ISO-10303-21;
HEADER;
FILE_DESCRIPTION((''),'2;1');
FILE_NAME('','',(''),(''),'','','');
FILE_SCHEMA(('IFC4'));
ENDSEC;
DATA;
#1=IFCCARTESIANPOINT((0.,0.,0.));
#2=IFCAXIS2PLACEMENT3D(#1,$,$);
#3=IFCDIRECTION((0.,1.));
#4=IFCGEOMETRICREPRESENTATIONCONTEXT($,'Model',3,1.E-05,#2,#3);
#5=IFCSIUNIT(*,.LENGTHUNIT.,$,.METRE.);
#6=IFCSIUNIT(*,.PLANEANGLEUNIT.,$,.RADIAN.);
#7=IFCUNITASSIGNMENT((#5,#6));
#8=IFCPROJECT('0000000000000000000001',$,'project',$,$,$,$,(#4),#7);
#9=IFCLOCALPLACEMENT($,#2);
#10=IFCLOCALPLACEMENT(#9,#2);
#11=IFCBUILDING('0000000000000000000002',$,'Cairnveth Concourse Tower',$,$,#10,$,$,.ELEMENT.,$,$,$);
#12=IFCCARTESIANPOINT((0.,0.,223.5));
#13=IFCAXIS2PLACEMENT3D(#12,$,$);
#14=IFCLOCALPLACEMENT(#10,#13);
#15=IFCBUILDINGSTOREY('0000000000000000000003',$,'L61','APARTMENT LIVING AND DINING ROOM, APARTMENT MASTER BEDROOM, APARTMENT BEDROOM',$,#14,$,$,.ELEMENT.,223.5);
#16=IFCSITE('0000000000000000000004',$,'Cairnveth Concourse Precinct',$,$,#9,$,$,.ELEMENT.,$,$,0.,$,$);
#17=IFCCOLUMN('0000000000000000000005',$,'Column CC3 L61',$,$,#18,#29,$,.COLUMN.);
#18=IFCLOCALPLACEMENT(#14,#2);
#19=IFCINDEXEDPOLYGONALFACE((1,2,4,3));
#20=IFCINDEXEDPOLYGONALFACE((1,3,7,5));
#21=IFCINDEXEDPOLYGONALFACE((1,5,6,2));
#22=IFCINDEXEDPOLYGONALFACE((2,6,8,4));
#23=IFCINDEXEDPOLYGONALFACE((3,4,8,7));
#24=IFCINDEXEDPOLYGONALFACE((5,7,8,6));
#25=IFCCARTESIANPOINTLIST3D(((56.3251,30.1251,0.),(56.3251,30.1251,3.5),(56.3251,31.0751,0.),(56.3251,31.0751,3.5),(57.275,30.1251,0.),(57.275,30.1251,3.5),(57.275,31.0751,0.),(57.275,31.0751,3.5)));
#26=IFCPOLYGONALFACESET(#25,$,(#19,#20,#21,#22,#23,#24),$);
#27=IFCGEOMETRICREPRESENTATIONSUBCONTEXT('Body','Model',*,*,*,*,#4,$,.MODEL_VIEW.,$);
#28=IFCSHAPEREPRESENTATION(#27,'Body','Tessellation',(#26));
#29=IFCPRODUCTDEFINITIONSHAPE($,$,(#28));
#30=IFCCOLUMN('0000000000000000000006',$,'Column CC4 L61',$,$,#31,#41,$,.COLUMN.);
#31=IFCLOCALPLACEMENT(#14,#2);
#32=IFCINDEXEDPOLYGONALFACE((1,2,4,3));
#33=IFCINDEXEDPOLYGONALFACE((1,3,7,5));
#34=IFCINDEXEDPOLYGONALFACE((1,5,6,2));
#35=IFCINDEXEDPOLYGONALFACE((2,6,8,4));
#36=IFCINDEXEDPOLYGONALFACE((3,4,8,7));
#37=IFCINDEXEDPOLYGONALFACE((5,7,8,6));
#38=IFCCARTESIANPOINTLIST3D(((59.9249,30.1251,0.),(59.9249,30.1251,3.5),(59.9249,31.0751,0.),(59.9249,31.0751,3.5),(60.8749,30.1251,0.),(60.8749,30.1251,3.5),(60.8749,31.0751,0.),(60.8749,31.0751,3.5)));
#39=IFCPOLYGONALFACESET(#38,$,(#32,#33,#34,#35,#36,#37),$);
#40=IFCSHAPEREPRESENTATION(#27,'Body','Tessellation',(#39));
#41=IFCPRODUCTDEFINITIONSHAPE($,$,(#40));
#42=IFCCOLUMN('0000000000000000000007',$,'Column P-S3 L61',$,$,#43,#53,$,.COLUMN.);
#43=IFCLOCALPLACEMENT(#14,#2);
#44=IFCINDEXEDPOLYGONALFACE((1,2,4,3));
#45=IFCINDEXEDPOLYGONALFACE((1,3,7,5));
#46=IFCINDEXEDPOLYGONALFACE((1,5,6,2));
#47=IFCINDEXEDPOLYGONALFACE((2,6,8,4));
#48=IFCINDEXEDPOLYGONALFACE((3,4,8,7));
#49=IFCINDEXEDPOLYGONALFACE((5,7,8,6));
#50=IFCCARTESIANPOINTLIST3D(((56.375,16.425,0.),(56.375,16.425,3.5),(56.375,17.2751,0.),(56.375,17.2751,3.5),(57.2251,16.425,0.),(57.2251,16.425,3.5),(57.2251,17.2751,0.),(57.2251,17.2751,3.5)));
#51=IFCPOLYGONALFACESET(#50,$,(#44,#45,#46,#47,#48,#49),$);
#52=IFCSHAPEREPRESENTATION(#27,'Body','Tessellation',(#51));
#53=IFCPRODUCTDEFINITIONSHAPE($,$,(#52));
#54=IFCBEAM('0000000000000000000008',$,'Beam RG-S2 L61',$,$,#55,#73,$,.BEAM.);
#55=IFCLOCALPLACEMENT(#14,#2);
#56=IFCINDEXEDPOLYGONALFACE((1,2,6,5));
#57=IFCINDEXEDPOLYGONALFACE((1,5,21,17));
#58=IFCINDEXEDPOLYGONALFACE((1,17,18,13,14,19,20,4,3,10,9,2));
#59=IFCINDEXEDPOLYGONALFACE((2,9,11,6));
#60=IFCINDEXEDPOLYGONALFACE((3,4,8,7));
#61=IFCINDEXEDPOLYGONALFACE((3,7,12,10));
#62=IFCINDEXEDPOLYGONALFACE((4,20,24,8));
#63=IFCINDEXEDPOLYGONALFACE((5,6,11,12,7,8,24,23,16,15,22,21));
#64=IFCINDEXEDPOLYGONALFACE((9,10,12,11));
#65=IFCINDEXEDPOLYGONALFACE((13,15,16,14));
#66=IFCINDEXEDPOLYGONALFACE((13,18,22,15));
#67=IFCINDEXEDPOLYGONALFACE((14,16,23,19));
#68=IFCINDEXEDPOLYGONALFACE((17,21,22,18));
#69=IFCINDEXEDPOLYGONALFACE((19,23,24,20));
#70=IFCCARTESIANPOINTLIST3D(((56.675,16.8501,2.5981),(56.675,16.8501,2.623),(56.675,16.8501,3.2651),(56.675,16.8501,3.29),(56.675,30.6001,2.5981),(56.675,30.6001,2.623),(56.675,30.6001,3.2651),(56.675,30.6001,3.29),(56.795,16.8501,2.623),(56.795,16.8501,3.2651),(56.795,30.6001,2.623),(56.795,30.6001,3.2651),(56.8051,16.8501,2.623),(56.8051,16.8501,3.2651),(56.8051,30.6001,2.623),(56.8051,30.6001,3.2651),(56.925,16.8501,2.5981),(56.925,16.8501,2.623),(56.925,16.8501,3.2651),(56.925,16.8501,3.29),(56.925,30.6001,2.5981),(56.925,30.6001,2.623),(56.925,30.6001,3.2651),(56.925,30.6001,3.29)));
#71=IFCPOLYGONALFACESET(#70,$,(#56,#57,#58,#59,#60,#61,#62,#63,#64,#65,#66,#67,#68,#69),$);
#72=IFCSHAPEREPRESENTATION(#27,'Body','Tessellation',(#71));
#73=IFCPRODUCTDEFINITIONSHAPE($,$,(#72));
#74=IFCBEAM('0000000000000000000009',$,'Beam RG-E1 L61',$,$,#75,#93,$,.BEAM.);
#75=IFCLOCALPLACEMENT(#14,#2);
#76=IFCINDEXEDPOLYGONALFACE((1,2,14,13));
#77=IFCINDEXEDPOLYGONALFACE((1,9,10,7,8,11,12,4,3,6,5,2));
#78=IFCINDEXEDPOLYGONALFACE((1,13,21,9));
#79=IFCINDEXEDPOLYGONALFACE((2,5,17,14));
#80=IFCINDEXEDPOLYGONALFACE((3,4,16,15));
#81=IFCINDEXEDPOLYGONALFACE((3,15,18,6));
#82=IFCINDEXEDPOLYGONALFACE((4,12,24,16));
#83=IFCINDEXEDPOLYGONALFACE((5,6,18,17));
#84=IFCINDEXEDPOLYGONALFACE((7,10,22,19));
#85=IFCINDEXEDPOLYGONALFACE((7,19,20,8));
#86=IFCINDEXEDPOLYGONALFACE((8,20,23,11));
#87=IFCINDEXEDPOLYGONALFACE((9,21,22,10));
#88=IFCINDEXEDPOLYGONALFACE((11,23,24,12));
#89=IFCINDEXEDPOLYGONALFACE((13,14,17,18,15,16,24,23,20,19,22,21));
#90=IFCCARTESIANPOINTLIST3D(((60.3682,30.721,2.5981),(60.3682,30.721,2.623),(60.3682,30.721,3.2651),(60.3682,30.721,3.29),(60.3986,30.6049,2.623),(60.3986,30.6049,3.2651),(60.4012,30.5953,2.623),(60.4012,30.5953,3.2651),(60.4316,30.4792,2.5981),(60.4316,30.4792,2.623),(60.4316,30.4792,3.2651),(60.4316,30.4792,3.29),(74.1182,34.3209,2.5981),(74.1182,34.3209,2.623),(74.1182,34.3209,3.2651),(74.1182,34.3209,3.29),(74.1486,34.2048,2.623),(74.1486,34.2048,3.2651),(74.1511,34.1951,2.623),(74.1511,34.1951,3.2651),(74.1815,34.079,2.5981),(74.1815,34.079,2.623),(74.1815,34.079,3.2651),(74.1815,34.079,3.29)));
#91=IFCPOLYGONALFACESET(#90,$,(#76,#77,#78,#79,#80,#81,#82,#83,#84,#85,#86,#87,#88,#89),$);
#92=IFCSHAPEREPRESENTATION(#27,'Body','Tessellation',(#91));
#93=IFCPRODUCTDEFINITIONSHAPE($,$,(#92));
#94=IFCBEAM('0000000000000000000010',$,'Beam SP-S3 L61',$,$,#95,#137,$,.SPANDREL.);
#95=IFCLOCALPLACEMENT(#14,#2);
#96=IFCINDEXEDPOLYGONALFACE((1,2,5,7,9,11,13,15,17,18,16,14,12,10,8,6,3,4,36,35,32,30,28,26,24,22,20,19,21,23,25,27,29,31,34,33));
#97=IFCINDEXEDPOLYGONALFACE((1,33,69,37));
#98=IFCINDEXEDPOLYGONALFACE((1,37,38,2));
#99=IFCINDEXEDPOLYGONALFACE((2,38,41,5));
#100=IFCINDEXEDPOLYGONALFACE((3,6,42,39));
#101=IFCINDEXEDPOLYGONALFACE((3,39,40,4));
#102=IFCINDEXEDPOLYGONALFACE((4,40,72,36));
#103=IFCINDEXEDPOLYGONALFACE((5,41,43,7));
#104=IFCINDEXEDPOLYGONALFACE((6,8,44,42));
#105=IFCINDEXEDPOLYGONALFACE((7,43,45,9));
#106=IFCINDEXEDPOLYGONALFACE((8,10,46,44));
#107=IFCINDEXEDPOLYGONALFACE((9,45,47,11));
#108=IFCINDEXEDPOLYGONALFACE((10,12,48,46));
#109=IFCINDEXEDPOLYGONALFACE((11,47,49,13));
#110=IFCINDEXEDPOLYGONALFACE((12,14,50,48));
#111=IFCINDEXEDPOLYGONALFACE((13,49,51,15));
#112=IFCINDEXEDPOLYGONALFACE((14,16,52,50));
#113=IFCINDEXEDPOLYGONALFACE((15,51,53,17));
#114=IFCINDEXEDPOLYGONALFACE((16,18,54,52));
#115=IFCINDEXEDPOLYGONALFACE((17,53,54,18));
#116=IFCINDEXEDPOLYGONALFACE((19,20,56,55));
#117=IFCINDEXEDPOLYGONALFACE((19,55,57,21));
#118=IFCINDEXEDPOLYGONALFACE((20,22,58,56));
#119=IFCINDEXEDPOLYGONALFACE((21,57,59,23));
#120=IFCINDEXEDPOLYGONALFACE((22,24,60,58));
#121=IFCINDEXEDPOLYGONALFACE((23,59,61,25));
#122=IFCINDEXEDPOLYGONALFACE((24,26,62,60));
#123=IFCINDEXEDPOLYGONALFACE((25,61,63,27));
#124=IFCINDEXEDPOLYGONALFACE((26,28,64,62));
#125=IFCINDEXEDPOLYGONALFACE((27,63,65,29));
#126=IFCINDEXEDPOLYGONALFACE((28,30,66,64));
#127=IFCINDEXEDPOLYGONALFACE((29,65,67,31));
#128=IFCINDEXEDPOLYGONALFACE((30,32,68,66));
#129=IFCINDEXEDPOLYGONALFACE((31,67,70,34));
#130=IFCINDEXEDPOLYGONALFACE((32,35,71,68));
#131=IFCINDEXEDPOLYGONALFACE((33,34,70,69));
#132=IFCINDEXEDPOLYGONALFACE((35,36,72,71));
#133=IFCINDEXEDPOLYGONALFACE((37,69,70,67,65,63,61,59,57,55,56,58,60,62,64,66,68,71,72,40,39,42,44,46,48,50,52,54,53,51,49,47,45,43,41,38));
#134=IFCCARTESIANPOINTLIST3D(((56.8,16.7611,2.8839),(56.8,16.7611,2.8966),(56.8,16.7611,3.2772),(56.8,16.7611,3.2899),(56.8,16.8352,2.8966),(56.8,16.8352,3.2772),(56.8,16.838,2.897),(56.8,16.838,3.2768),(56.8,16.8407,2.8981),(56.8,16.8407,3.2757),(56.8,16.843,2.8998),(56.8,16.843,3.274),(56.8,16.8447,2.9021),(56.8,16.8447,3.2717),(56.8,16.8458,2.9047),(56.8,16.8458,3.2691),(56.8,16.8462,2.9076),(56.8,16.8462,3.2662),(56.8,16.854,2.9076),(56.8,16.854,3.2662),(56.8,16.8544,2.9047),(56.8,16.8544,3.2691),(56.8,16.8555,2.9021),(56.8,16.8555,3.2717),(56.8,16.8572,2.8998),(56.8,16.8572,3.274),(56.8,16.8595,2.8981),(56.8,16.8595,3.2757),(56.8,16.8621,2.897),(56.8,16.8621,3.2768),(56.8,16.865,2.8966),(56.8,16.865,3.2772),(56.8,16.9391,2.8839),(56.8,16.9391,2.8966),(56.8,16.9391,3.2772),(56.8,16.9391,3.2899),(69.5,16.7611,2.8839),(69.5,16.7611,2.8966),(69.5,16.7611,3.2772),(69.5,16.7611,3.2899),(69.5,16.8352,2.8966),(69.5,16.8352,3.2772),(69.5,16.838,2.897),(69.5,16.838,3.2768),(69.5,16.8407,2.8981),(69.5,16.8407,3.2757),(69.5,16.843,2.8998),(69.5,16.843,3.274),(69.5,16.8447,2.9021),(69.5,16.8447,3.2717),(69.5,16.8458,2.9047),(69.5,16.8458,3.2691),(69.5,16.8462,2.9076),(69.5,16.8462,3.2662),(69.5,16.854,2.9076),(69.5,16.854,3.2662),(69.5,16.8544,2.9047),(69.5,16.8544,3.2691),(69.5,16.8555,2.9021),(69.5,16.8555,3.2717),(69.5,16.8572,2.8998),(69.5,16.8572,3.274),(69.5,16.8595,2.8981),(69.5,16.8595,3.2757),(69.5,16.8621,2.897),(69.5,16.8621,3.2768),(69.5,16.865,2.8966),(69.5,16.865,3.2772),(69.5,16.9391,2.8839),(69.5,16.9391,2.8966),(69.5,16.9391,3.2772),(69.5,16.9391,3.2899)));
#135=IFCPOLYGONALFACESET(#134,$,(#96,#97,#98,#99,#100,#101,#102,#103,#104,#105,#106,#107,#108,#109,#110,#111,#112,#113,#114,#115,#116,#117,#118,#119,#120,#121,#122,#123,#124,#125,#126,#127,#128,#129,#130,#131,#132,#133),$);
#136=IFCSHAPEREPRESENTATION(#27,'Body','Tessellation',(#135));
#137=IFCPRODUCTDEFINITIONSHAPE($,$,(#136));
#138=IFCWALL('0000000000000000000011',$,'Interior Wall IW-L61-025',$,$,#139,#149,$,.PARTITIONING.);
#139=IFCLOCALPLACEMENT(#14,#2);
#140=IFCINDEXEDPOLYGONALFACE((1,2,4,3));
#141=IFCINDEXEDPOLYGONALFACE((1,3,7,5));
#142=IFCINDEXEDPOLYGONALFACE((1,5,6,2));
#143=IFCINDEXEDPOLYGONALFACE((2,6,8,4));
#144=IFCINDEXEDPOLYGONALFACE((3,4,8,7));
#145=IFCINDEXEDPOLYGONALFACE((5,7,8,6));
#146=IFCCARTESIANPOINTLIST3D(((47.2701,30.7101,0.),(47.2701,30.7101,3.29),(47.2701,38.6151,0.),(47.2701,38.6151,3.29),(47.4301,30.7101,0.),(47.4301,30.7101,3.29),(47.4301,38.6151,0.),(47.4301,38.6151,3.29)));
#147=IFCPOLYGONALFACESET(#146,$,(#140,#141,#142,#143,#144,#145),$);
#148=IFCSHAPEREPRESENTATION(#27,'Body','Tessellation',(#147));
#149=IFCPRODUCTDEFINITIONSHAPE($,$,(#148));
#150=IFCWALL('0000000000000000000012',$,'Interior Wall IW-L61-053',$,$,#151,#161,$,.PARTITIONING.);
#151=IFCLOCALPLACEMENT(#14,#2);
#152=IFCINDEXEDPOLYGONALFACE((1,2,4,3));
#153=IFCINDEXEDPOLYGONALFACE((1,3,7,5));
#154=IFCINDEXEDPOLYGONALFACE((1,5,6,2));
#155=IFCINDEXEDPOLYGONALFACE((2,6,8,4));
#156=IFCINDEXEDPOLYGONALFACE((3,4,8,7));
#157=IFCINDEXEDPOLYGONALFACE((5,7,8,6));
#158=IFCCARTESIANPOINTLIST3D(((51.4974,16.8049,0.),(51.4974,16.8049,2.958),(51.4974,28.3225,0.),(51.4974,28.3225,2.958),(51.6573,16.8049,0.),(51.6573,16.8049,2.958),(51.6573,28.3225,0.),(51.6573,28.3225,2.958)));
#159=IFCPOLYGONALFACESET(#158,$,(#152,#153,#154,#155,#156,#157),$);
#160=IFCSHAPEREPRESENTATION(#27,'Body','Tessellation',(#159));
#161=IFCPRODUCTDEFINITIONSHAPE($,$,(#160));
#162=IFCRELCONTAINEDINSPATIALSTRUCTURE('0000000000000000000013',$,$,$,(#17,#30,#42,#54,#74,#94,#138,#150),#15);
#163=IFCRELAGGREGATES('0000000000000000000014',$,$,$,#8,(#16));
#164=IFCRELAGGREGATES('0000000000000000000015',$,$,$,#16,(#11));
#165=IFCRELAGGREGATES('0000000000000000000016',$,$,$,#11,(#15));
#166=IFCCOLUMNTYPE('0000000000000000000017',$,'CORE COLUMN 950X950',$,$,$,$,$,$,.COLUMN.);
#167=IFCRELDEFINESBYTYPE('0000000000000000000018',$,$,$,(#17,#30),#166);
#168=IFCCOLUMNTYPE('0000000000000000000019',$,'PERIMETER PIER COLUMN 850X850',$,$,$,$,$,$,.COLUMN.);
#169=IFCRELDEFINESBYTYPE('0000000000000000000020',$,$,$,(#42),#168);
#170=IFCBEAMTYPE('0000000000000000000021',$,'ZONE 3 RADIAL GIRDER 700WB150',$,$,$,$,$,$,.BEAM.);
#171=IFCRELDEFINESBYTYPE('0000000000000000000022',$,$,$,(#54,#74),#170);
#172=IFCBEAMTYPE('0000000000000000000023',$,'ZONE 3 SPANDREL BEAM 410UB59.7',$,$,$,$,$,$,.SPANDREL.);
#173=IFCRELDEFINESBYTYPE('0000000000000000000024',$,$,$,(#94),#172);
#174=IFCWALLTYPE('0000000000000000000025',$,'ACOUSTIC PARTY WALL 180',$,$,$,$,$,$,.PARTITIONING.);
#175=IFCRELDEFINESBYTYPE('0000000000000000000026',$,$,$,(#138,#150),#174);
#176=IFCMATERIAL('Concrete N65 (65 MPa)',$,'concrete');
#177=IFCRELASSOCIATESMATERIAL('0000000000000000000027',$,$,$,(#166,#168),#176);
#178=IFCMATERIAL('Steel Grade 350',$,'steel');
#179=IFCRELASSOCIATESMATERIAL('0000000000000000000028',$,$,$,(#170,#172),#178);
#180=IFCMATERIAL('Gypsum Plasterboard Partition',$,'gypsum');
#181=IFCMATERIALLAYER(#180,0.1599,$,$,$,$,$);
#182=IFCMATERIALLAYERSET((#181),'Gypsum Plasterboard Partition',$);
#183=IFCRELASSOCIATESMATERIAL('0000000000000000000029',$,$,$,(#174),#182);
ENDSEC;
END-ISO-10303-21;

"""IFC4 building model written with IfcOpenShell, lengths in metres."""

from ifc_helpers import new_model, si_unit, direction, frame, frame_2d, origin, origin_2d, place, context, subcontext, project, spatial, rectangle, i_section, extrude, material, layer, layer_set, material_profile, profile_set, type_object, element, save


model = new_model("IFC4")

# Units and contexts
model_context = context("Model", 3, precision=1e-05, world=origin(), true_north=direction((0.0, 1.0)))
body_context = subcontext(model_context, "Body", "Model", "MODEL_VIEW")
ifc_project = project(units=[si_unit("LENGTHUNIT", "METRE"), si_unit("PLANEANGLEUNIT", "RADIAN")], contexts=[model_context])

# Site, building, storey
site_placement = place(None, origin())
site = spatial("IfcSite", under=ifc_project, at=site_placement, Name="Cairnveth Concourse Precinct", CompositionType="ELEMENT", RefElevation=0.0)
building_placement = place(site_placement, origin())
building = spatial("IfcBuilding", under=site, at=building_placement, Name="Cairnveth Concourse Tower", CompositionType="ELEMENT")
storey_placement = place(building_placement, frame((0.0, 0.0, 223.5)))
storey = spatial("IfcBuildingStorey", under=building, at=storey_placement, Name="L61", Description="APARTMENT LIVING AND DINING ROOM, APARTMENT MASTER BEDROOM, APARTMENT BEDROOM", CompositionType="ELEMENT", Elevation=223.5)

# Columns
ifc_material_1 = material(Name="Concrete N65 (65 MPa)", Category="concrete")
ifc_material_profile_1 = material_profile(ifc_material_1, rectangle(XDim=0.95, YDim=0.95, at=origin_2d()), Name="RC-COL-950x950")
ifc_profile_set_1 = profile_set([ifc_material_profile_1], Name="Concrete N65 (65 MPa)")
column_type_1 = type_object("IfcColumnType", Name="CORE COLUMN 950X950", PredefinedType="COLUMN", material=ifc_profile_set_1)
for number, where, z_axis, x_axis, name in (
    (1, (56.8, 30.6001, 0.0), (0.0, 0.0, 1.0), (1.0, 0.0, 0.0), "Column CC3 L61"),
    (2, (60.3999, 30.6001, 0.0), (0.0, 0.0, 1.0), (1.0, 0.0, 0.0), "Column CC4 L61"),
):
    element("IfcColumn", number, at=place(storey_placement, frame(where, z_axis=z_axis, x_axis=x_axis)), inside=storey, type_object=column_type_1, Name=name, PredefinedType="COLUMN", context=body_context, shape_type="SweptSolid", body=[
        extrude(rectangle(XDim=0.95, YDim=0.95, at=origin_2d()), origin(), (0.0, 0.0, 1.0), 3.5),
    ])
ifc_material_profile_2 = material_profile(ifc_material_1, rectangle(XDim=0.8501, YDim=0.8501, at=origin_2d()), Name="RC-COL-850x850")
ifc_profile_set_2 = profile_set([ifc_material_profile_2], Name="Concrete N65 (65 MPa)")
column_type_2 = type_object("IfcColumnType", Name="PERIMETER PIER COLUMN 850X850", PredefinedType="COLUMN", material=ifc_profile_set_2)
column_placement = place(storey_placement, frame((56.8, 16.8501, 0.0), z_axis=(0.0, 0.0, 1.0), x_axis=(1.0, 0.0, 0.0)))
element("IfcColumn", 3, at=column_placement, inside=storey, type_object=column_type_2, Name="Column P-S3 L61", PredefinedType="COLUMN", context=body_context, shape_type="SweptSolid", body=[
    extrude(rectangle(XDim=0.8501, YDim=0.8501, at=origin_2d()), origin(), (0.0, 0.0, 1.0), 3.5),
])

# Beams
ifc_material_2 = material(Name="Steel Grade 350", Category="steel")
ifc_material_profile_3 = material_profile(ifc_material_2, i_section(OverallWidth=0.25, OverallDepth=0.6919, WebThickness=0.01, FlangeThickness=0.0249, at=origin_2d()), Name="700WB150")
ifc_profile_set_3 = profile_set([ifc_material_profile_3], Name="Steel Grade 350")
beam_type_1 = type_object("IfcBeamType", Name="ZONE 3 RADIAL GIRDER 700WB150", PredefinedType="BEAM", material=ifc_profile_set_3)
beam_1_placement = place(storey_placement, frame((56.8, 16.8501, 2.9441), z_axis=(0.0, 1.0, 0.0), x_axis=(-1.0, 0.0, 0.0)))
element("IfcBeam", 4, at=beam_1_placement, inside=storey, type_object=beam_type_1, Name="Beam RG-S2 L61", PredefinedType="BEAM", context=body_context, shape_type="SweptSolid", body=[
    extrude(i_section(OverallWidth=0.25, OverallDepth=0.6919, WebThickness=0.01, FlangeThickness=0.0249, at=origin_2d()), origin(), (0.0, 0.0, 1.0), 13.75),
])
beam_2_placement = place(storey_placement, frame((60.3999, 30.6001, 2.9441), z_axis=(0.967395, 0.253271, 0.0), x_axis=(-0.253271, 0.967395, 0.0)))
element("IfcBeam", 5, at=beam_2_placement, inside=storey, type_object=beam_type_1, Name="Beam RG-E1 L61", PredefinedType="BEAM", context=body_context, shape_type="SweptSolid", body=[
    extrude(i_section(OverallWidth=0.25, OverallDepth=0.6919, WebThickness=0.01, FlangeThickness=0.0249, at=origin_2d()), origin(), (0.0, 0.0, 1.0), 14.2134),
])
ifc_material_profile_4 = material_profile(ifc_material_2, i_section(OverallWidth=0.178, OverallDepth=0.406, WebThickness=0.0078, FlangeThickness=0.0127, FilletRadius=0.011, at=origin_2d()), Name="410UB59.7")
ifc_profile_set_4 = profile_set([ifc_material_profile_4], Name="Steel Grade 350")
beam_type_2 = type_object("IfcBeamType", Name="ZONE 3 SPANDREL BEAM 410UB59.7", PredefinedType="SPANDREL", material=ifc_profile_set_4)
beam_3_placement = place(storey_placement, frame((56.8, 16.8501, 3.0869), z_axis=(1.0, 0.0, 0.0), x_axis=(0.0, 1.0, 0.0)))
element("IfcBeam", 6, at=beam_3_placement, inside=storey, type_object=beam_type_2, Name="Beam SP-S3 L61", PredefinedType="SPANDREL", context=body_context, shape_type="SweptSolid", body=[
    extrude(i_section(OverallWidth=0.178, OverallDepth=0.406, WebThickness=0.0078, FlangeThickness=0.0127, FilletRadius=0.011, at=origin_2d()), origin(), (0.0, 0.0, 1.0), 12.7),
])

# Walls
ifc_material_3 = material(Name="Gypsum Plasterboard Partition", Category="gypsum")
ifc_layer_1 = layer(ifc_material_3, 0.1599)
ifc_layer_set_1 = layer_set([ifc_layer_1], Name="Gypsum Plasterboard Partition")
wall_type_1 = type_object("IfcWallType", Name="ACOUSTIC PARTY WALL 180", PredefinedType="PARTITIONING", material=ifc_layer_set_1)
wall_1_placement = place(storey_placement, frame((47.3501, 30.71, 0.0), z_axis=(0.0, 0.0, 1.0), x_axis=(0.0, 1.0, 0.0)))
element("IfcWall", 7, at=wall_1_placement, inside=storey, type_object=wall_type_1, Name="Interior Wall IW-L61-025", PredefinedType="PARTITIONING", context=body_context, shape_type="SweptSolid", body=[
    extrude(rectangle(XDim=7.905, YDim=0.1599, at=frame_2d((3.9526, 0.0))), origin(), (0.0, 0.0, 1.0), 3.29),
])
wall_2_placement = place(storey_placement, frame((51.5774, 16.8049, 0.0), z_axis=(0.0, 0.0, 1.0), x_axis=(0.0, 1.0, 0.0)))
element("IfcWall", 8, at=wall_2_placement, inside=storey, type_object=wall_type_1, Name="Interior Wall IW-L61-053", PredefinedType="PARTITIONING", context=body_context, shape_type="SweptSolid", body=[
    extrude(rectangle(XDim=11.5176, YDim=0.1599, at=frame_2d((5.7588, 0.0))), origin(), (0.0, 0.0, 1.0), 2.958),
])

save(model, "model.ifc")
